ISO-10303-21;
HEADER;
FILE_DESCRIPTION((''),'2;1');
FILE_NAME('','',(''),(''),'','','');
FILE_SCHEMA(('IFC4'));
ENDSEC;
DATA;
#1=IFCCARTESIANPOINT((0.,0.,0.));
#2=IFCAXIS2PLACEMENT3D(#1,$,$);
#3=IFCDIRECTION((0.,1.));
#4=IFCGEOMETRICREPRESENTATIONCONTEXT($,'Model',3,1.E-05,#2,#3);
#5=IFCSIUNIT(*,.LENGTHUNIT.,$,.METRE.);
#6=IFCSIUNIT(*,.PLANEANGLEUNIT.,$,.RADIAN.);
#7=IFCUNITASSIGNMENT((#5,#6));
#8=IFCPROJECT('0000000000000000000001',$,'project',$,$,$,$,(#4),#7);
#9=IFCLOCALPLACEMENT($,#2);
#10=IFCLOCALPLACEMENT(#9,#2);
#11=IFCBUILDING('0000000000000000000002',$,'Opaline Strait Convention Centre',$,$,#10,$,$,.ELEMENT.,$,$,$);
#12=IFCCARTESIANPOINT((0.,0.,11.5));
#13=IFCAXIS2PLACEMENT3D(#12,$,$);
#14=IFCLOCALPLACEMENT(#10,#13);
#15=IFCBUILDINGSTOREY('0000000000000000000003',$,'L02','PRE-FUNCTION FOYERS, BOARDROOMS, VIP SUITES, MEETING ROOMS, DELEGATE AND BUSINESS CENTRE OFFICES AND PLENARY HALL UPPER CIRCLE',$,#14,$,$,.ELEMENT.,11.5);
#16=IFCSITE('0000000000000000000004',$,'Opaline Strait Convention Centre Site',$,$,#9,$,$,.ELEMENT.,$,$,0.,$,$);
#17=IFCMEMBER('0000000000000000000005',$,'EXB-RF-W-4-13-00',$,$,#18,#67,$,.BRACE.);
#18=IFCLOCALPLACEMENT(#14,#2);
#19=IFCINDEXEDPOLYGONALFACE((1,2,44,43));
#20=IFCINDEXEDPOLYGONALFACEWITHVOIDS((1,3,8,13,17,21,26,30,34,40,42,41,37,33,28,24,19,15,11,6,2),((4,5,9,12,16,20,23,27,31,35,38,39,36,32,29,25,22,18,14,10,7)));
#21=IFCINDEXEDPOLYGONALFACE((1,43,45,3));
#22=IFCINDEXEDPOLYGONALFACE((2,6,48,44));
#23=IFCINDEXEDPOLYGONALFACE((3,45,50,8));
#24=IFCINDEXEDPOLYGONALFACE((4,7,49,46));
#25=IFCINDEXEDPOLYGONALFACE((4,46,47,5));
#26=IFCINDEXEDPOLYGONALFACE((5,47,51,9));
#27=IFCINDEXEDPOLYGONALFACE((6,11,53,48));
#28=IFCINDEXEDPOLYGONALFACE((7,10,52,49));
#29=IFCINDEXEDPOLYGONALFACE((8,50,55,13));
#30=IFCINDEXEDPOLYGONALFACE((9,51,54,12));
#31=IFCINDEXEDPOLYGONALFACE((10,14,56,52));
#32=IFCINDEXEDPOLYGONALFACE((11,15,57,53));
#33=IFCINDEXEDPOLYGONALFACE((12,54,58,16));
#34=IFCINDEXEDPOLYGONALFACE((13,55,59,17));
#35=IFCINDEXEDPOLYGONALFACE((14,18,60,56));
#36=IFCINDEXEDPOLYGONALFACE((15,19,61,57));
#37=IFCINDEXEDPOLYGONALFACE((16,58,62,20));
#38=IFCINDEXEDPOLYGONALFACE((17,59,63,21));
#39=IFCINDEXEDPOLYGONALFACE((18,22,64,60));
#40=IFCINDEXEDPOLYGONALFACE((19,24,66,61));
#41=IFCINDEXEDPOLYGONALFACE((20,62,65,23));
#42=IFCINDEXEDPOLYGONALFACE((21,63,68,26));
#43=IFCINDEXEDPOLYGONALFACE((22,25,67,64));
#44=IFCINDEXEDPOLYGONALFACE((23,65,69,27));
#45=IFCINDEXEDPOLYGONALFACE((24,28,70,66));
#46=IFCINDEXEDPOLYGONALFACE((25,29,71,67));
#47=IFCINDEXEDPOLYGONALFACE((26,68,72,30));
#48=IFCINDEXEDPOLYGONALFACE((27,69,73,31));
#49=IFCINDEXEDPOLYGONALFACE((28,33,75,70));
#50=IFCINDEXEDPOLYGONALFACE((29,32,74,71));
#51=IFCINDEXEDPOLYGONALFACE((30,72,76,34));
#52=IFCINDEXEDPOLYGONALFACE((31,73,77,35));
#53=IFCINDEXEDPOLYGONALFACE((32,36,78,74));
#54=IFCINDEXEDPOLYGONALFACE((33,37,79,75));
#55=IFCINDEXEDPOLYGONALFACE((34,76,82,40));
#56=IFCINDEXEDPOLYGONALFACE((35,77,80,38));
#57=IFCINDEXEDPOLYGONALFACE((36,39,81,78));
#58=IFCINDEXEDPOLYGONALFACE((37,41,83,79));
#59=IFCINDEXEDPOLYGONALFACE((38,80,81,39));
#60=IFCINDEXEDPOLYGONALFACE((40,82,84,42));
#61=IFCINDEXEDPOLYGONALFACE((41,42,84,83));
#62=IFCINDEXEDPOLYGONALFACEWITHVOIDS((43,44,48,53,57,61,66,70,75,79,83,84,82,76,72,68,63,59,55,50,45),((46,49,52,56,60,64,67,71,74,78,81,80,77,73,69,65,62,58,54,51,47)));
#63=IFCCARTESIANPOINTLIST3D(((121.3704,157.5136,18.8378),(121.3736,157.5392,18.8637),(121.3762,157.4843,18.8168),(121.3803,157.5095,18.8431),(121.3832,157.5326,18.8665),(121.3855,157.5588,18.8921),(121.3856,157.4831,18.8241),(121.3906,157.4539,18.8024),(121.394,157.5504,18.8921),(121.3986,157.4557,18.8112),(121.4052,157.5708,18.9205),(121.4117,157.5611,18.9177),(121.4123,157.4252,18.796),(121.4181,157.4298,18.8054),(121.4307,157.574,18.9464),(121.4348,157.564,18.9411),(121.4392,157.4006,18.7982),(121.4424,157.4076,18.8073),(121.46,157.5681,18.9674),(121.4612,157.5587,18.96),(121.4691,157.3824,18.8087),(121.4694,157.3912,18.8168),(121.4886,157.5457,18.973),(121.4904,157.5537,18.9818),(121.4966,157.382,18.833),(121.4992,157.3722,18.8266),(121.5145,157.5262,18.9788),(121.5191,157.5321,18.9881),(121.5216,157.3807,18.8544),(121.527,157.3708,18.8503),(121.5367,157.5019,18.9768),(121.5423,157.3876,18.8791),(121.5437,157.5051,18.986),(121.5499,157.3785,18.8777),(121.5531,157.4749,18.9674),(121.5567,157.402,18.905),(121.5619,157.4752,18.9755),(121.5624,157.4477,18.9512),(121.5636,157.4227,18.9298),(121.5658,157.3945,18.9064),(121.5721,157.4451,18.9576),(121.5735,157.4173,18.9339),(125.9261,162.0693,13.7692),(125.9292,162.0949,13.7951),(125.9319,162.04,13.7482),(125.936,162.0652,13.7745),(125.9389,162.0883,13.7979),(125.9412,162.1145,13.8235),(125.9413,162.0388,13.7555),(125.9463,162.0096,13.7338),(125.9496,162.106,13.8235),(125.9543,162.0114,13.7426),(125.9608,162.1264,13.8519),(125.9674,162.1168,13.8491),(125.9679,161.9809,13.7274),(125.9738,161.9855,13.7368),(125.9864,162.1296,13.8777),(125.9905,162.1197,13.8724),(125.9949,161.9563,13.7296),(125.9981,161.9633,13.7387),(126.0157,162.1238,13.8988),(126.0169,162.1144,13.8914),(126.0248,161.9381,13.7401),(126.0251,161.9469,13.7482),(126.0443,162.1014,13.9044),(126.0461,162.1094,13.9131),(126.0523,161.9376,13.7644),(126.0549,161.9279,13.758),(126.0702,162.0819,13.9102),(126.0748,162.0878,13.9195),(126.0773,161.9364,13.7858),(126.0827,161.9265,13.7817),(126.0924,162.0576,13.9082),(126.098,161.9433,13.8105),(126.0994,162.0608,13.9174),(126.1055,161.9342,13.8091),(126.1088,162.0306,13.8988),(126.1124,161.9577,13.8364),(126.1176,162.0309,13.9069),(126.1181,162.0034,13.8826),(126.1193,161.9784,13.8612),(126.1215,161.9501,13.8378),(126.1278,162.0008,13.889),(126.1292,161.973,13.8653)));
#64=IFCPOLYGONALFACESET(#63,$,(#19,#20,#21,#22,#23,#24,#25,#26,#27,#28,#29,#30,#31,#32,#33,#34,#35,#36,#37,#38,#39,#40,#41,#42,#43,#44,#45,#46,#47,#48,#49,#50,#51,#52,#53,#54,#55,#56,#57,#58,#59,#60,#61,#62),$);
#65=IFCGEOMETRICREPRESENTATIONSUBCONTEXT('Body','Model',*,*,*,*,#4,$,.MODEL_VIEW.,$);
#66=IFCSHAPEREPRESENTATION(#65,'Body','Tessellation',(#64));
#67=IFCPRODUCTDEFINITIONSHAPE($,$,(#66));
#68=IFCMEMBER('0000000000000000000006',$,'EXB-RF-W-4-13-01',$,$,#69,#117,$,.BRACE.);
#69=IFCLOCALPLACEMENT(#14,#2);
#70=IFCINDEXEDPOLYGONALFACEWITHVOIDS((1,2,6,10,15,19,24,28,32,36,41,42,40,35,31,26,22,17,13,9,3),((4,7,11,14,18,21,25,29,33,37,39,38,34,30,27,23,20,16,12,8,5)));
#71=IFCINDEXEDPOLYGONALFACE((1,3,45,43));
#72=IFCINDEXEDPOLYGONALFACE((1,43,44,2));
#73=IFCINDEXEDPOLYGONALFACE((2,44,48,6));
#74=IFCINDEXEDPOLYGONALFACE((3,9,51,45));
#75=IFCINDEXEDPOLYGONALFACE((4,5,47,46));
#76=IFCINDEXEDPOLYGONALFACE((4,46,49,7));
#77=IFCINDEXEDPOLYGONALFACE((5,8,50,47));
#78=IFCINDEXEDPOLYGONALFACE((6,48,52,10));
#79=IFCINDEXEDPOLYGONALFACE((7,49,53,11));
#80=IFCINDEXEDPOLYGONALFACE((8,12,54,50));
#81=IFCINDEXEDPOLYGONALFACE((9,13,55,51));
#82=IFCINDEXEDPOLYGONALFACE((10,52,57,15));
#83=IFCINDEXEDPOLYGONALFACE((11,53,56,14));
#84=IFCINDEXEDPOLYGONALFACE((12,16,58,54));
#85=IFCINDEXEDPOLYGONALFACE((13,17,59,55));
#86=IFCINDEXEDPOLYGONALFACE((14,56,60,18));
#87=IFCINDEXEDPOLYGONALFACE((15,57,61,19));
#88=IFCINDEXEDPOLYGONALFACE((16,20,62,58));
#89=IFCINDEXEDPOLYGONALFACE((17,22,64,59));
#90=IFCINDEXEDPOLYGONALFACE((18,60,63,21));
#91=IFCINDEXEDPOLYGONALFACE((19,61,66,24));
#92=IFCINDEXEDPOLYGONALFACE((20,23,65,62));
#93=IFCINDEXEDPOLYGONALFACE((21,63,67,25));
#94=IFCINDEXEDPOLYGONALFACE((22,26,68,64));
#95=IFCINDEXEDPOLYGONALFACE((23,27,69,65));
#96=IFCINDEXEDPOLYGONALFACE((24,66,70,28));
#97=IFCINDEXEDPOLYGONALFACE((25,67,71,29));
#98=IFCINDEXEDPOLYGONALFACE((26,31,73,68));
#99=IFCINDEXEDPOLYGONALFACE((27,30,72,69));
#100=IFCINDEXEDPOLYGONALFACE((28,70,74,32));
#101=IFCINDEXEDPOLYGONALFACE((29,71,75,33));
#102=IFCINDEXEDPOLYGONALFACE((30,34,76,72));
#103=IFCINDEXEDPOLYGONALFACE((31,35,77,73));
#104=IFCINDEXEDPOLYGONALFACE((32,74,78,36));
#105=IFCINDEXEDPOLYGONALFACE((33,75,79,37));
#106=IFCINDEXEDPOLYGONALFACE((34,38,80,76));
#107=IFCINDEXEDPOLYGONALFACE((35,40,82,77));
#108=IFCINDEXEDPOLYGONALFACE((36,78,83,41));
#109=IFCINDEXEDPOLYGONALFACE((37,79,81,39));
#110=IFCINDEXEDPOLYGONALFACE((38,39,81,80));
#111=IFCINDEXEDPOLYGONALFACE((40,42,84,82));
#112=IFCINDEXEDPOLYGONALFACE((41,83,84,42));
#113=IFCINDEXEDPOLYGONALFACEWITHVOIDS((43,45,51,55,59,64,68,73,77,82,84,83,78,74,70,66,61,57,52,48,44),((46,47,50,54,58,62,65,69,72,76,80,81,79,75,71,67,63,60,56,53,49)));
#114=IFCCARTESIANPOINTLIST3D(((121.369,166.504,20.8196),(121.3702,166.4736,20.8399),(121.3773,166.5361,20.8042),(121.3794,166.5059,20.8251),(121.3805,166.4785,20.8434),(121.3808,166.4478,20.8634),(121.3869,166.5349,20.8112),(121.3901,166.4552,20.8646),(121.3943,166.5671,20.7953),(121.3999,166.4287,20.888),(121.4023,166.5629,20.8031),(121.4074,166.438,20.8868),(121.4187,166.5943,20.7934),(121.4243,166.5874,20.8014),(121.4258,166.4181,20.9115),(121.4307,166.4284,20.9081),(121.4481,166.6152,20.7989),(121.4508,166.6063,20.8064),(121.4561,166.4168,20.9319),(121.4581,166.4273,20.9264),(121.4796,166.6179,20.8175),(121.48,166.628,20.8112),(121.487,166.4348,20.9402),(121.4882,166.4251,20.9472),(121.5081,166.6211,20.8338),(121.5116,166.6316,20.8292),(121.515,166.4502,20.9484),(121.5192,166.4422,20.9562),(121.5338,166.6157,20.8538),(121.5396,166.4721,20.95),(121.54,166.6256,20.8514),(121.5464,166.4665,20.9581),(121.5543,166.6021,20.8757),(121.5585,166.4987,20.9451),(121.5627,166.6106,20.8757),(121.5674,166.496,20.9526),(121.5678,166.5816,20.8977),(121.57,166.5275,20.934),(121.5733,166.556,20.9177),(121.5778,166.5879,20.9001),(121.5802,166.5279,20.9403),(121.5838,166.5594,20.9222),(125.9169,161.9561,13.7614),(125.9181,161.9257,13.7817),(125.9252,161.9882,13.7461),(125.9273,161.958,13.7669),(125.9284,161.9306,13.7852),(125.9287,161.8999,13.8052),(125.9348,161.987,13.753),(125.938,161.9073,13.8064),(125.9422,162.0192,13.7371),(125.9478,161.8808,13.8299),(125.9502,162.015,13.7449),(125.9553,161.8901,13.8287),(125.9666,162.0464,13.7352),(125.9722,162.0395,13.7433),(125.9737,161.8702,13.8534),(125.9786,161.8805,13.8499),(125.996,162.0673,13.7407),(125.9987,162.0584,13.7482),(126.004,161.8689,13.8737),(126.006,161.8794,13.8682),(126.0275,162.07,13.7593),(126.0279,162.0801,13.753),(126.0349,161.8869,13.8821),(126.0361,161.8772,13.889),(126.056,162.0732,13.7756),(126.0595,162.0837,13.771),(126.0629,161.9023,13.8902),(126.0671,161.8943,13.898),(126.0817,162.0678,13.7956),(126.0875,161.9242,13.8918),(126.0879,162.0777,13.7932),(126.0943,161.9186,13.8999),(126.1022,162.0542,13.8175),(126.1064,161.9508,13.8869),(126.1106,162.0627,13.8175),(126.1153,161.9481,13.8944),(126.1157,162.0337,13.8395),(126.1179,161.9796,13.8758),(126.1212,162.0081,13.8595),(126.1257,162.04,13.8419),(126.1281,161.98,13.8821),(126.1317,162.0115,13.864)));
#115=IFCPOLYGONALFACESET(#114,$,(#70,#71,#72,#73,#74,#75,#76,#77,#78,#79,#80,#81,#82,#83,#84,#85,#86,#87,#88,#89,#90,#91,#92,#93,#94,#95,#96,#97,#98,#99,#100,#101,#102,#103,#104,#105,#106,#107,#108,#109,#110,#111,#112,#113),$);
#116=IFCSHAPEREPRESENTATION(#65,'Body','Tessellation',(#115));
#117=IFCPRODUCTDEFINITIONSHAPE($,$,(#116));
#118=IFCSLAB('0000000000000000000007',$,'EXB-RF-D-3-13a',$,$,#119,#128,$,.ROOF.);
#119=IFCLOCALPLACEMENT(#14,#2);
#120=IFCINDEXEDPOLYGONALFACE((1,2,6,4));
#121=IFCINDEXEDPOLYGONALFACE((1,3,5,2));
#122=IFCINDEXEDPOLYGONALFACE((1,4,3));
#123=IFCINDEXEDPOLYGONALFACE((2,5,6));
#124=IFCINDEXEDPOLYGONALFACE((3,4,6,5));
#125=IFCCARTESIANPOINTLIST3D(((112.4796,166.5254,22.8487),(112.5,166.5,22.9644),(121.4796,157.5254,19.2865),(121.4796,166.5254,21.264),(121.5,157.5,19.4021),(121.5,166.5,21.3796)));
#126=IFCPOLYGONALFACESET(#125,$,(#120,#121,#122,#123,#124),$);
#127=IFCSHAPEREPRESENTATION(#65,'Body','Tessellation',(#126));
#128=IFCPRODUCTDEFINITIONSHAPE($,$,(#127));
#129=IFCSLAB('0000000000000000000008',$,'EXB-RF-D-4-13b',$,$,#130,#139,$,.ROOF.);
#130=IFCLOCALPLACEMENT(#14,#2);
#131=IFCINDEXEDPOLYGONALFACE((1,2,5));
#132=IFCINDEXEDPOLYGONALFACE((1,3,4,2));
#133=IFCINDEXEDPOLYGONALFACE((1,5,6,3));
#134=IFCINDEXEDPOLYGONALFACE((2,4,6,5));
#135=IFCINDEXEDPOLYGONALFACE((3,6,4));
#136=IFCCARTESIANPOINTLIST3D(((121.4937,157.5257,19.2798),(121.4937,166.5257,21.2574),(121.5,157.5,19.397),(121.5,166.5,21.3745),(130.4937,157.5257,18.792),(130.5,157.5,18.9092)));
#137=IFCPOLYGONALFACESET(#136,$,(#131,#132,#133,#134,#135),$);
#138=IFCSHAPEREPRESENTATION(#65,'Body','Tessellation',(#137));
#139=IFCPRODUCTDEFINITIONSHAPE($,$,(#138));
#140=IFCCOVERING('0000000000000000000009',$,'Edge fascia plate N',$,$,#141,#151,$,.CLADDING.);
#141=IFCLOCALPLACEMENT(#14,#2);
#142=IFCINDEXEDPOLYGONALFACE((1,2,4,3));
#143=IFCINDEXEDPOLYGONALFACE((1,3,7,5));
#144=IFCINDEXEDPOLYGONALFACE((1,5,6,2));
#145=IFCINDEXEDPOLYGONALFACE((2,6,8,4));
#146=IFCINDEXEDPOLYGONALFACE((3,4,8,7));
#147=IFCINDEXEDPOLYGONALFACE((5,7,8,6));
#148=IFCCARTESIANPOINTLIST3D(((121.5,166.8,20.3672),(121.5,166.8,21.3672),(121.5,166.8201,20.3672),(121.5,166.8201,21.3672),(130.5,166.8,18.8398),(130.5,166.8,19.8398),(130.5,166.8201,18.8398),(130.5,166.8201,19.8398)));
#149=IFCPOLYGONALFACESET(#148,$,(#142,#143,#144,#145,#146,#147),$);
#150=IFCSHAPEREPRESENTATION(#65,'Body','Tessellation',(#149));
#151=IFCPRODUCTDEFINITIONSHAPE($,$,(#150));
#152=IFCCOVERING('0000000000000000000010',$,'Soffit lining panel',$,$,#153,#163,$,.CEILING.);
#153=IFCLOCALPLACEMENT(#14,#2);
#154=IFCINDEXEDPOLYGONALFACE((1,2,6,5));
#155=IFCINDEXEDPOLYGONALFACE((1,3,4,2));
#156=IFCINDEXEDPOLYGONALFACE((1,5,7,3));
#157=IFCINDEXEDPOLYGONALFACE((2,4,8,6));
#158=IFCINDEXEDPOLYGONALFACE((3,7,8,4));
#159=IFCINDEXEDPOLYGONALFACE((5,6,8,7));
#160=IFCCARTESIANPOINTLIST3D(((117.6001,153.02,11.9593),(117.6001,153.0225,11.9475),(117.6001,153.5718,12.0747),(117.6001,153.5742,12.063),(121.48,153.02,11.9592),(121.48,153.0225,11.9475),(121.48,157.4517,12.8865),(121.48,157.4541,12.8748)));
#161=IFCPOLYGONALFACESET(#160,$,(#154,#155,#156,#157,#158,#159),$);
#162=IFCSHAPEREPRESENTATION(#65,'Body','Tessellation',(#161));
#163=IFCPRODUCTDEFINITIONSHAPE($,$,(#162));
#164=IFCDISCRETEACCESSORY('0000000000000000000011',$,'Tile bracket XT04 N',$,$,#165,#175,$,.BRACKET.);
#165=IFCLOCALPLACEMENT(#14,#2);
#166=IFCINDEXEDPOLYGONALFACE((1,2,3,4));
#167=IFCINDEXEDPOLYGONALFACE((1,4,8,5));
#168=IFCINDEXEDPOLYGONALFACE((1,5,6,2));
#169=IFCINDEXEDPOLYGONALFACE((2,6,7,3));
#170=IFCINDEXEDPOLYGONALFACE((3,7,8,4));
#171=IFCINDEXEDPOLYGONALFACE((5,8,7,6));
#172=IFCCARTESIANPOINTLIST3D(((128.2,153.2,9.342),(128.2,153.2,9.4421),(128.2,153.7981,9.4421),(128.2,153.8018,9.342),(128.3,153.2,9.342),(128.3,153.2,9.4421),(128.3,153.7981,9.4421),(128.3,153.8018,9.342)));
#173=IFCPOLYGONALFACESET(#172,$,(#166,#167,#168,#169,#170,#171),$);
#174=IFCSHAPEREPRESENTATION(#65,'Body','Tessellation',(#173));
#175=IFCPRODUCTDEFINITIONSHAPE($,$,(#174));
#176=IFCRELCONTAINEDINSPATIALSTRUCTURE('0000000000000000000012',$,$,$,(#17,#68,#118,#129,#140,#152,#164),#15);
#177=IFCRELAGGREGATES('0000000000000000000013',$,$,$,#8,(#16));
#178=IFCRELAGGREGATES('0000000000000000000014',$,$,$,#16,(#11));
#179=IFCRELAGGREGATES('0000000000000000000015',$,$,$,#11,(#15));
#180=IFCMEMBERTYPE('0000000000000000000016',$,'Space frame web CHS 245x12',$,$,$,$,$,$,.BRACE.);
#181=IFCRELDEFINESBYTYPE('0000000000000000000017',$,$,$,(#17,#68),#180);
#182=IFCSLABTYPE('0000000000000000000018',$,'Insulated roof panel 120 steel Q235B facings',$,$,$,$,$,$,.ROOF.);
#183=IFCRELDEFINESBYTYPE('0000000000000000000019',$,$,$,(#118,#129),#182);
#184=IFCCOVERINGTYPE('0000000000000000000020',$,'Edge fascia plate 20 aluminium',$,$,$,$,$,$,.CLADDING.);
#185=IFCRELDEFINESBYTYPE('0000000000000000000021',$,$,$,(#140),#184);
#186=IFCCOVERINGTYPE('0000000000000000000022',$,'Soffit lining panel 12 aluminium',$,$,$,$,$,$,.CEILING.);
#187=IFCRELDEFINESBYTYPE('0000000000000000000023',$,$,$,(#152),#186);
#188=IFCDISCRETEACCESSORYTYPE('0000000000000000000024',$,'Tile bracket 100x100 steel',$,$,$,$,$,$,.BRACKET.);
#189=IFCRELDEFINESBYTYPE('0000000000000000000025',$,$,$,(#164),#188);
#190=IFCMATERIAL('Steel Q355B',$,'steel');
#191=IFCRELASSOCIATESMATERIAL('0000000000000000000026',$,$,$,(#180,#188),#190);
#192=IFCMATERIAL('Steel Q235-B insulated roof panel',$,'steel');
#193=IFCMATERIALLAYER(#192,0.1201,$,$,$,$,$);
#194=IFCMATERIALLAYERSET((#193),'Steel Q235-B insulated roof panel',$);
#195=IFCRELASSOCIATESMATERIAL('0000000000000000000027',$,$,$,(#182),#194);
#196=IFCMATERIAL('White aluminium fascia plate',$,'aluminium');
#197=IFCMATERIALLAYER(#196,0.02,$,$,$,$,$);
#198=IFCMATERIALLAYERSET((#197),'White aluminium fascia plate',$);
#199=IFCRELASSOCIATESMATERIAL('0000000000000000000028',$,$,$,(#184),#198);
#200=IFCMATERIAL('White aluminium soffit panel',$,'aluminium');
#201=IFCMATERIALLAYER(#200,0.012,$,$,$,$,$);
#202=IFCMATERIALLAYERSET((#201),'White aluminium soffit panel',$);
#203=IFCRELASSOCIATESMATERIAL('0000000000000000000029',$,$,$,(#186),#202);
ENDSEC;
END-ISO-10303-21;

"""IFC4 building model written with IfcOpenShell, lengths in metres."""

from ifc_helpers import new_model, si_unit, direction, frame, origin, origin_2d, place, context, subcontext, project, spatial, polyline, hollow_circle, outline, extrude, material, layer, layer_set, material_profile, profile_set, type_object, element, save


model = new_model("IFC4")

# Units and contexts
model_context = context("Model", 3, precision=1e-05, world=origin(), true_north=direction((0.0, 1.0)))
body_context = subcontext(model_context, "Body", "Model", "MODEL_VIEW")
ifc_project = project(units=[si_unit("LENGTHUNIT", "METRE"), si_unit("PLANEANGLEUNIT", "RADIAN")], contexts=[model_context])

# Site, building, storey
site_placement = place(None, origin())
site = spatial("IfcSite", under=ifc_project, at=site_placement, Name="Opaline Strait Convention Centre Site", CompositionType="ELEMENT", RefElevation=0.0)
building_placement = place(site_placement, origin())
building = spatial("IfcBuilding", under=site, at=building_placement, Name="Opaline Strait Convention Centre", CompositionType="ELEMENT")
storey_placement = place(building_placement, frame((0.0, 0.0, 11.5)))
storey = spatial("IfcBuildingStorey", under=building, at=storey_placement, Name="L02", Description="PRE-FUNCTION FOYERS, BOARDROOMS, VIP SUITES, MEETING ROOMS, DELEGATE AND BUSINESS CENTRE OFFICES AND PLENARY HALL UPPER CIRCLE", CompositionType="ELEMENT", Elevation=11.5)

# Members
ifc_material_1 = material(Name="Steel Q355B", Category="steel")
ifc_material_profile_1 = material_profile(ifc_material_1, hollow_circle(Radius=0.1226, WallThickness=0.012, at=origin_2d()), Name="CHS 245x12")
ifc_profile_set_1 = profile_set([ifc_material_profile_1], Name="Steel Q355B")
member_type_1 = type_object("IfcMemberType", Name="Space frame web CHS 245x12", PredefinedType="BRACE", material=ifc_profile_set_1)
member_1_placement = place(storey_placement, frame((121.4722, 157.4722, 18.8921), z_axis=(0.555739, 0.555739, -0.618311), x_axis=(-0.707107, 0.707107, 0.0)))
element("IfcMember", 1, at=member_1_placement, inside=storey, type_object=member_type_1, Name="EXB-RF-W-4-13-00", PredefinedType="BRACE", context=body_context, shape_type="SweptSolid", body=[
    extrude(hollow_circle(Radius=0.1226, WallThickness=0.012, at=origin_2d()), origin(), (0.0, 0.0, 1.0), 8.1975),
])
member_2_placement = place(storey_placement, frame((121.4761, 166.5239, 20.8757), z_axis=(0.476266, -0.476266, -0.739149), x_axis=(0.707107, 0.707107, 0.0)))
element("IfcMember", 2, at=member_2_placement, inside=storey, type_object=member_type_1, Name="EXB-RF-W-4-13-01", PredefinedType="BRACE", context=body_context, shape_type="SweptSolid", body=[
    extrude(hollow_circle(Radius=0.1226, WallThickness=0.012, at=origin_2d()), origin(), (0.0, 0.0, 1.0), 9.5491),
])

# Slabs
ifc_material_2 = material(Name="Steel Q235-B insulated roof panel", Category="steel")
ifc_layer_1 = layer(ifc_material_2, 0.1201)
ifc_layer_set_1 = layer_set([ifc_layer_1], Name="Steel Q235-B insulated roof panel")
slab_type = type_object("IfcSlabType", Name="Insulated roof panel 120 steel Q235B facings", PredefinedType="ROOF", material=ifc_layer_set_1)
slab_1_placement = place(storey_placement, frame((121.5, 157.5, 19.4021), z_axis=(0.169489, -0.211502, 0.96257), x_axis=(0.0, 0.9767, 0.214607)))
element("IfcSlab", 3, at=slab_1_placement, inside=storey, type_object=slab_type, Name="EXB-RF-D-3-13a", PredefinedType="ROOF", context=body_context, shape_type="SweptSolid", body=[
    extrude(outline(polyline([(0.0, 0.0), (9.2147, 0.0), (9.5548, 9.1321), (0.0, 0.0)])), origin(), (0.0, 0.0, -1.0), 0.1201),
])
slab_2_placement = place(storey_placement, frame((121.5, 157.5, 19.397), z_axis=(0.052862, -0.214307, 0.975335), x_axis=(0.998534, 0.0, -0.05412)))
element("IfcSlab", 4, at=slab_2_placement, inside=storey, type_object=slab_type, Name="EXB-RF-D-4-13b", PredefinedType="ROOF", context=body_context, shape_type="SweptSolid", body=[
    extrude(outline(polyline([(0.0, 0.0), (9.0132, 0.0), (-0.107, 9.2141), (0.0, 0.0)])), origin(), (0.0, 0.0, -1.0), 0.1201),
])

# Coverings
ifc_material_3 = material(Name="White aluminium fascia plate", Category="aluminium")
ifc_layer_2 = layer(ifc_material_3, 0.02)
ifc_layer_set_2 = layer_set([ifc_layer_2], Name="White aluminium fascia plate")
covering_type_1 = type_object("IfcCoveringType", Name="Edge fascia plate 20 aluminium", PredefinedType="CLADDING", material=ifc_layer_set_2)
covering_1_placement = place(storey_placement, frame((126.0, 166.8, 20.1035), z_axis=(0.0, 1.0, 0.0), x_axis=(-1.0, 0.0, 0.0)))
element("IfcCovering", 5, at=covering_1_placement, inside=storey, type_object=covering_type_1, Name="Edge fascia plate N", PredefinedType="CLADDING", context=body_context, shape_type="SweptSolid", body=[
    extrude(outline(polyline([(-4.5, -0.2637), (4.5, 1.2637), (4.5, 0.2637), (-4.5, -1.2637), (-4.5, -0.2637)])), origin(), (0.0, 0.0, 1.0), 0.02),
])
ifc_material_4 = material(Name="White aluminium soffit panel", Category="aluminium")
ifc_layer_3 = layer(ifc_material_4, 0.012)
ifc_layer_set_3 = layer_set([ifc_layer_3], Name="White aluminium soffit panel")
covering_type_2 = type_object("IfcCoveringType", Name="Soffit lining panel 12 aluminium", PredefinedType="CEILING", material=ifc_layer_set_3)
covering_2_placement = place(storey_placement, frame((117.6001, 153.5718, 12.0747), z_axis=(0.000007, -0.204804, 0.978803), x_axis=(0.699493, 0.699492, 0.146356)))
element("IfcCovering", 6, at=covering_2_placement, inside=storey, type_object=covering_type_2, Name="Soffit lining panel", PredefinedType="CEILING", context=body_context, shape_type="SweptSolid", body=[
    extrude(outline(polyline([(0.0, 0.0), (5.5467, 0.0), (2.3111, -3.167), (-0.4029, -0.3943), (0.0, 0.0)])), origin(), (0.0, 0.0, -1.0), 0.012),
])

# Discrete accessory
discrete_accessory_type = type_object("IfcDiscreteAccessoryType", Name="Tile bracket 100x100 steel", PredefinedType="BRACKET", material=ifc_material_1)
discrete_accessory_placement = place(storey_placement, frame((128.3, 153.2, 9.3921), z_axis=(-1.0, 0.0, 0.0), x_axis=(0.0, -1.0, 0.0)))
element("IfcDiscreteAccessory", 7, at=discrete_accessory_placement, inside=storey, type_object=discrete_accessory_type, Name="Tile bracket XT04 N", PredefinedType="BRACKET", context=body_context, shape_type="SweptSolid", body=[
    extrude(outline(polyline([(0.0, -0.05), (0.0, 0.05), (-0.5981, 0.05), (-0.6018, -0.05), (0.0, -0.05)])), origin(), (0.0, 0.0, 1.0), 0.1001),
])

save(model, "model.ifc")
